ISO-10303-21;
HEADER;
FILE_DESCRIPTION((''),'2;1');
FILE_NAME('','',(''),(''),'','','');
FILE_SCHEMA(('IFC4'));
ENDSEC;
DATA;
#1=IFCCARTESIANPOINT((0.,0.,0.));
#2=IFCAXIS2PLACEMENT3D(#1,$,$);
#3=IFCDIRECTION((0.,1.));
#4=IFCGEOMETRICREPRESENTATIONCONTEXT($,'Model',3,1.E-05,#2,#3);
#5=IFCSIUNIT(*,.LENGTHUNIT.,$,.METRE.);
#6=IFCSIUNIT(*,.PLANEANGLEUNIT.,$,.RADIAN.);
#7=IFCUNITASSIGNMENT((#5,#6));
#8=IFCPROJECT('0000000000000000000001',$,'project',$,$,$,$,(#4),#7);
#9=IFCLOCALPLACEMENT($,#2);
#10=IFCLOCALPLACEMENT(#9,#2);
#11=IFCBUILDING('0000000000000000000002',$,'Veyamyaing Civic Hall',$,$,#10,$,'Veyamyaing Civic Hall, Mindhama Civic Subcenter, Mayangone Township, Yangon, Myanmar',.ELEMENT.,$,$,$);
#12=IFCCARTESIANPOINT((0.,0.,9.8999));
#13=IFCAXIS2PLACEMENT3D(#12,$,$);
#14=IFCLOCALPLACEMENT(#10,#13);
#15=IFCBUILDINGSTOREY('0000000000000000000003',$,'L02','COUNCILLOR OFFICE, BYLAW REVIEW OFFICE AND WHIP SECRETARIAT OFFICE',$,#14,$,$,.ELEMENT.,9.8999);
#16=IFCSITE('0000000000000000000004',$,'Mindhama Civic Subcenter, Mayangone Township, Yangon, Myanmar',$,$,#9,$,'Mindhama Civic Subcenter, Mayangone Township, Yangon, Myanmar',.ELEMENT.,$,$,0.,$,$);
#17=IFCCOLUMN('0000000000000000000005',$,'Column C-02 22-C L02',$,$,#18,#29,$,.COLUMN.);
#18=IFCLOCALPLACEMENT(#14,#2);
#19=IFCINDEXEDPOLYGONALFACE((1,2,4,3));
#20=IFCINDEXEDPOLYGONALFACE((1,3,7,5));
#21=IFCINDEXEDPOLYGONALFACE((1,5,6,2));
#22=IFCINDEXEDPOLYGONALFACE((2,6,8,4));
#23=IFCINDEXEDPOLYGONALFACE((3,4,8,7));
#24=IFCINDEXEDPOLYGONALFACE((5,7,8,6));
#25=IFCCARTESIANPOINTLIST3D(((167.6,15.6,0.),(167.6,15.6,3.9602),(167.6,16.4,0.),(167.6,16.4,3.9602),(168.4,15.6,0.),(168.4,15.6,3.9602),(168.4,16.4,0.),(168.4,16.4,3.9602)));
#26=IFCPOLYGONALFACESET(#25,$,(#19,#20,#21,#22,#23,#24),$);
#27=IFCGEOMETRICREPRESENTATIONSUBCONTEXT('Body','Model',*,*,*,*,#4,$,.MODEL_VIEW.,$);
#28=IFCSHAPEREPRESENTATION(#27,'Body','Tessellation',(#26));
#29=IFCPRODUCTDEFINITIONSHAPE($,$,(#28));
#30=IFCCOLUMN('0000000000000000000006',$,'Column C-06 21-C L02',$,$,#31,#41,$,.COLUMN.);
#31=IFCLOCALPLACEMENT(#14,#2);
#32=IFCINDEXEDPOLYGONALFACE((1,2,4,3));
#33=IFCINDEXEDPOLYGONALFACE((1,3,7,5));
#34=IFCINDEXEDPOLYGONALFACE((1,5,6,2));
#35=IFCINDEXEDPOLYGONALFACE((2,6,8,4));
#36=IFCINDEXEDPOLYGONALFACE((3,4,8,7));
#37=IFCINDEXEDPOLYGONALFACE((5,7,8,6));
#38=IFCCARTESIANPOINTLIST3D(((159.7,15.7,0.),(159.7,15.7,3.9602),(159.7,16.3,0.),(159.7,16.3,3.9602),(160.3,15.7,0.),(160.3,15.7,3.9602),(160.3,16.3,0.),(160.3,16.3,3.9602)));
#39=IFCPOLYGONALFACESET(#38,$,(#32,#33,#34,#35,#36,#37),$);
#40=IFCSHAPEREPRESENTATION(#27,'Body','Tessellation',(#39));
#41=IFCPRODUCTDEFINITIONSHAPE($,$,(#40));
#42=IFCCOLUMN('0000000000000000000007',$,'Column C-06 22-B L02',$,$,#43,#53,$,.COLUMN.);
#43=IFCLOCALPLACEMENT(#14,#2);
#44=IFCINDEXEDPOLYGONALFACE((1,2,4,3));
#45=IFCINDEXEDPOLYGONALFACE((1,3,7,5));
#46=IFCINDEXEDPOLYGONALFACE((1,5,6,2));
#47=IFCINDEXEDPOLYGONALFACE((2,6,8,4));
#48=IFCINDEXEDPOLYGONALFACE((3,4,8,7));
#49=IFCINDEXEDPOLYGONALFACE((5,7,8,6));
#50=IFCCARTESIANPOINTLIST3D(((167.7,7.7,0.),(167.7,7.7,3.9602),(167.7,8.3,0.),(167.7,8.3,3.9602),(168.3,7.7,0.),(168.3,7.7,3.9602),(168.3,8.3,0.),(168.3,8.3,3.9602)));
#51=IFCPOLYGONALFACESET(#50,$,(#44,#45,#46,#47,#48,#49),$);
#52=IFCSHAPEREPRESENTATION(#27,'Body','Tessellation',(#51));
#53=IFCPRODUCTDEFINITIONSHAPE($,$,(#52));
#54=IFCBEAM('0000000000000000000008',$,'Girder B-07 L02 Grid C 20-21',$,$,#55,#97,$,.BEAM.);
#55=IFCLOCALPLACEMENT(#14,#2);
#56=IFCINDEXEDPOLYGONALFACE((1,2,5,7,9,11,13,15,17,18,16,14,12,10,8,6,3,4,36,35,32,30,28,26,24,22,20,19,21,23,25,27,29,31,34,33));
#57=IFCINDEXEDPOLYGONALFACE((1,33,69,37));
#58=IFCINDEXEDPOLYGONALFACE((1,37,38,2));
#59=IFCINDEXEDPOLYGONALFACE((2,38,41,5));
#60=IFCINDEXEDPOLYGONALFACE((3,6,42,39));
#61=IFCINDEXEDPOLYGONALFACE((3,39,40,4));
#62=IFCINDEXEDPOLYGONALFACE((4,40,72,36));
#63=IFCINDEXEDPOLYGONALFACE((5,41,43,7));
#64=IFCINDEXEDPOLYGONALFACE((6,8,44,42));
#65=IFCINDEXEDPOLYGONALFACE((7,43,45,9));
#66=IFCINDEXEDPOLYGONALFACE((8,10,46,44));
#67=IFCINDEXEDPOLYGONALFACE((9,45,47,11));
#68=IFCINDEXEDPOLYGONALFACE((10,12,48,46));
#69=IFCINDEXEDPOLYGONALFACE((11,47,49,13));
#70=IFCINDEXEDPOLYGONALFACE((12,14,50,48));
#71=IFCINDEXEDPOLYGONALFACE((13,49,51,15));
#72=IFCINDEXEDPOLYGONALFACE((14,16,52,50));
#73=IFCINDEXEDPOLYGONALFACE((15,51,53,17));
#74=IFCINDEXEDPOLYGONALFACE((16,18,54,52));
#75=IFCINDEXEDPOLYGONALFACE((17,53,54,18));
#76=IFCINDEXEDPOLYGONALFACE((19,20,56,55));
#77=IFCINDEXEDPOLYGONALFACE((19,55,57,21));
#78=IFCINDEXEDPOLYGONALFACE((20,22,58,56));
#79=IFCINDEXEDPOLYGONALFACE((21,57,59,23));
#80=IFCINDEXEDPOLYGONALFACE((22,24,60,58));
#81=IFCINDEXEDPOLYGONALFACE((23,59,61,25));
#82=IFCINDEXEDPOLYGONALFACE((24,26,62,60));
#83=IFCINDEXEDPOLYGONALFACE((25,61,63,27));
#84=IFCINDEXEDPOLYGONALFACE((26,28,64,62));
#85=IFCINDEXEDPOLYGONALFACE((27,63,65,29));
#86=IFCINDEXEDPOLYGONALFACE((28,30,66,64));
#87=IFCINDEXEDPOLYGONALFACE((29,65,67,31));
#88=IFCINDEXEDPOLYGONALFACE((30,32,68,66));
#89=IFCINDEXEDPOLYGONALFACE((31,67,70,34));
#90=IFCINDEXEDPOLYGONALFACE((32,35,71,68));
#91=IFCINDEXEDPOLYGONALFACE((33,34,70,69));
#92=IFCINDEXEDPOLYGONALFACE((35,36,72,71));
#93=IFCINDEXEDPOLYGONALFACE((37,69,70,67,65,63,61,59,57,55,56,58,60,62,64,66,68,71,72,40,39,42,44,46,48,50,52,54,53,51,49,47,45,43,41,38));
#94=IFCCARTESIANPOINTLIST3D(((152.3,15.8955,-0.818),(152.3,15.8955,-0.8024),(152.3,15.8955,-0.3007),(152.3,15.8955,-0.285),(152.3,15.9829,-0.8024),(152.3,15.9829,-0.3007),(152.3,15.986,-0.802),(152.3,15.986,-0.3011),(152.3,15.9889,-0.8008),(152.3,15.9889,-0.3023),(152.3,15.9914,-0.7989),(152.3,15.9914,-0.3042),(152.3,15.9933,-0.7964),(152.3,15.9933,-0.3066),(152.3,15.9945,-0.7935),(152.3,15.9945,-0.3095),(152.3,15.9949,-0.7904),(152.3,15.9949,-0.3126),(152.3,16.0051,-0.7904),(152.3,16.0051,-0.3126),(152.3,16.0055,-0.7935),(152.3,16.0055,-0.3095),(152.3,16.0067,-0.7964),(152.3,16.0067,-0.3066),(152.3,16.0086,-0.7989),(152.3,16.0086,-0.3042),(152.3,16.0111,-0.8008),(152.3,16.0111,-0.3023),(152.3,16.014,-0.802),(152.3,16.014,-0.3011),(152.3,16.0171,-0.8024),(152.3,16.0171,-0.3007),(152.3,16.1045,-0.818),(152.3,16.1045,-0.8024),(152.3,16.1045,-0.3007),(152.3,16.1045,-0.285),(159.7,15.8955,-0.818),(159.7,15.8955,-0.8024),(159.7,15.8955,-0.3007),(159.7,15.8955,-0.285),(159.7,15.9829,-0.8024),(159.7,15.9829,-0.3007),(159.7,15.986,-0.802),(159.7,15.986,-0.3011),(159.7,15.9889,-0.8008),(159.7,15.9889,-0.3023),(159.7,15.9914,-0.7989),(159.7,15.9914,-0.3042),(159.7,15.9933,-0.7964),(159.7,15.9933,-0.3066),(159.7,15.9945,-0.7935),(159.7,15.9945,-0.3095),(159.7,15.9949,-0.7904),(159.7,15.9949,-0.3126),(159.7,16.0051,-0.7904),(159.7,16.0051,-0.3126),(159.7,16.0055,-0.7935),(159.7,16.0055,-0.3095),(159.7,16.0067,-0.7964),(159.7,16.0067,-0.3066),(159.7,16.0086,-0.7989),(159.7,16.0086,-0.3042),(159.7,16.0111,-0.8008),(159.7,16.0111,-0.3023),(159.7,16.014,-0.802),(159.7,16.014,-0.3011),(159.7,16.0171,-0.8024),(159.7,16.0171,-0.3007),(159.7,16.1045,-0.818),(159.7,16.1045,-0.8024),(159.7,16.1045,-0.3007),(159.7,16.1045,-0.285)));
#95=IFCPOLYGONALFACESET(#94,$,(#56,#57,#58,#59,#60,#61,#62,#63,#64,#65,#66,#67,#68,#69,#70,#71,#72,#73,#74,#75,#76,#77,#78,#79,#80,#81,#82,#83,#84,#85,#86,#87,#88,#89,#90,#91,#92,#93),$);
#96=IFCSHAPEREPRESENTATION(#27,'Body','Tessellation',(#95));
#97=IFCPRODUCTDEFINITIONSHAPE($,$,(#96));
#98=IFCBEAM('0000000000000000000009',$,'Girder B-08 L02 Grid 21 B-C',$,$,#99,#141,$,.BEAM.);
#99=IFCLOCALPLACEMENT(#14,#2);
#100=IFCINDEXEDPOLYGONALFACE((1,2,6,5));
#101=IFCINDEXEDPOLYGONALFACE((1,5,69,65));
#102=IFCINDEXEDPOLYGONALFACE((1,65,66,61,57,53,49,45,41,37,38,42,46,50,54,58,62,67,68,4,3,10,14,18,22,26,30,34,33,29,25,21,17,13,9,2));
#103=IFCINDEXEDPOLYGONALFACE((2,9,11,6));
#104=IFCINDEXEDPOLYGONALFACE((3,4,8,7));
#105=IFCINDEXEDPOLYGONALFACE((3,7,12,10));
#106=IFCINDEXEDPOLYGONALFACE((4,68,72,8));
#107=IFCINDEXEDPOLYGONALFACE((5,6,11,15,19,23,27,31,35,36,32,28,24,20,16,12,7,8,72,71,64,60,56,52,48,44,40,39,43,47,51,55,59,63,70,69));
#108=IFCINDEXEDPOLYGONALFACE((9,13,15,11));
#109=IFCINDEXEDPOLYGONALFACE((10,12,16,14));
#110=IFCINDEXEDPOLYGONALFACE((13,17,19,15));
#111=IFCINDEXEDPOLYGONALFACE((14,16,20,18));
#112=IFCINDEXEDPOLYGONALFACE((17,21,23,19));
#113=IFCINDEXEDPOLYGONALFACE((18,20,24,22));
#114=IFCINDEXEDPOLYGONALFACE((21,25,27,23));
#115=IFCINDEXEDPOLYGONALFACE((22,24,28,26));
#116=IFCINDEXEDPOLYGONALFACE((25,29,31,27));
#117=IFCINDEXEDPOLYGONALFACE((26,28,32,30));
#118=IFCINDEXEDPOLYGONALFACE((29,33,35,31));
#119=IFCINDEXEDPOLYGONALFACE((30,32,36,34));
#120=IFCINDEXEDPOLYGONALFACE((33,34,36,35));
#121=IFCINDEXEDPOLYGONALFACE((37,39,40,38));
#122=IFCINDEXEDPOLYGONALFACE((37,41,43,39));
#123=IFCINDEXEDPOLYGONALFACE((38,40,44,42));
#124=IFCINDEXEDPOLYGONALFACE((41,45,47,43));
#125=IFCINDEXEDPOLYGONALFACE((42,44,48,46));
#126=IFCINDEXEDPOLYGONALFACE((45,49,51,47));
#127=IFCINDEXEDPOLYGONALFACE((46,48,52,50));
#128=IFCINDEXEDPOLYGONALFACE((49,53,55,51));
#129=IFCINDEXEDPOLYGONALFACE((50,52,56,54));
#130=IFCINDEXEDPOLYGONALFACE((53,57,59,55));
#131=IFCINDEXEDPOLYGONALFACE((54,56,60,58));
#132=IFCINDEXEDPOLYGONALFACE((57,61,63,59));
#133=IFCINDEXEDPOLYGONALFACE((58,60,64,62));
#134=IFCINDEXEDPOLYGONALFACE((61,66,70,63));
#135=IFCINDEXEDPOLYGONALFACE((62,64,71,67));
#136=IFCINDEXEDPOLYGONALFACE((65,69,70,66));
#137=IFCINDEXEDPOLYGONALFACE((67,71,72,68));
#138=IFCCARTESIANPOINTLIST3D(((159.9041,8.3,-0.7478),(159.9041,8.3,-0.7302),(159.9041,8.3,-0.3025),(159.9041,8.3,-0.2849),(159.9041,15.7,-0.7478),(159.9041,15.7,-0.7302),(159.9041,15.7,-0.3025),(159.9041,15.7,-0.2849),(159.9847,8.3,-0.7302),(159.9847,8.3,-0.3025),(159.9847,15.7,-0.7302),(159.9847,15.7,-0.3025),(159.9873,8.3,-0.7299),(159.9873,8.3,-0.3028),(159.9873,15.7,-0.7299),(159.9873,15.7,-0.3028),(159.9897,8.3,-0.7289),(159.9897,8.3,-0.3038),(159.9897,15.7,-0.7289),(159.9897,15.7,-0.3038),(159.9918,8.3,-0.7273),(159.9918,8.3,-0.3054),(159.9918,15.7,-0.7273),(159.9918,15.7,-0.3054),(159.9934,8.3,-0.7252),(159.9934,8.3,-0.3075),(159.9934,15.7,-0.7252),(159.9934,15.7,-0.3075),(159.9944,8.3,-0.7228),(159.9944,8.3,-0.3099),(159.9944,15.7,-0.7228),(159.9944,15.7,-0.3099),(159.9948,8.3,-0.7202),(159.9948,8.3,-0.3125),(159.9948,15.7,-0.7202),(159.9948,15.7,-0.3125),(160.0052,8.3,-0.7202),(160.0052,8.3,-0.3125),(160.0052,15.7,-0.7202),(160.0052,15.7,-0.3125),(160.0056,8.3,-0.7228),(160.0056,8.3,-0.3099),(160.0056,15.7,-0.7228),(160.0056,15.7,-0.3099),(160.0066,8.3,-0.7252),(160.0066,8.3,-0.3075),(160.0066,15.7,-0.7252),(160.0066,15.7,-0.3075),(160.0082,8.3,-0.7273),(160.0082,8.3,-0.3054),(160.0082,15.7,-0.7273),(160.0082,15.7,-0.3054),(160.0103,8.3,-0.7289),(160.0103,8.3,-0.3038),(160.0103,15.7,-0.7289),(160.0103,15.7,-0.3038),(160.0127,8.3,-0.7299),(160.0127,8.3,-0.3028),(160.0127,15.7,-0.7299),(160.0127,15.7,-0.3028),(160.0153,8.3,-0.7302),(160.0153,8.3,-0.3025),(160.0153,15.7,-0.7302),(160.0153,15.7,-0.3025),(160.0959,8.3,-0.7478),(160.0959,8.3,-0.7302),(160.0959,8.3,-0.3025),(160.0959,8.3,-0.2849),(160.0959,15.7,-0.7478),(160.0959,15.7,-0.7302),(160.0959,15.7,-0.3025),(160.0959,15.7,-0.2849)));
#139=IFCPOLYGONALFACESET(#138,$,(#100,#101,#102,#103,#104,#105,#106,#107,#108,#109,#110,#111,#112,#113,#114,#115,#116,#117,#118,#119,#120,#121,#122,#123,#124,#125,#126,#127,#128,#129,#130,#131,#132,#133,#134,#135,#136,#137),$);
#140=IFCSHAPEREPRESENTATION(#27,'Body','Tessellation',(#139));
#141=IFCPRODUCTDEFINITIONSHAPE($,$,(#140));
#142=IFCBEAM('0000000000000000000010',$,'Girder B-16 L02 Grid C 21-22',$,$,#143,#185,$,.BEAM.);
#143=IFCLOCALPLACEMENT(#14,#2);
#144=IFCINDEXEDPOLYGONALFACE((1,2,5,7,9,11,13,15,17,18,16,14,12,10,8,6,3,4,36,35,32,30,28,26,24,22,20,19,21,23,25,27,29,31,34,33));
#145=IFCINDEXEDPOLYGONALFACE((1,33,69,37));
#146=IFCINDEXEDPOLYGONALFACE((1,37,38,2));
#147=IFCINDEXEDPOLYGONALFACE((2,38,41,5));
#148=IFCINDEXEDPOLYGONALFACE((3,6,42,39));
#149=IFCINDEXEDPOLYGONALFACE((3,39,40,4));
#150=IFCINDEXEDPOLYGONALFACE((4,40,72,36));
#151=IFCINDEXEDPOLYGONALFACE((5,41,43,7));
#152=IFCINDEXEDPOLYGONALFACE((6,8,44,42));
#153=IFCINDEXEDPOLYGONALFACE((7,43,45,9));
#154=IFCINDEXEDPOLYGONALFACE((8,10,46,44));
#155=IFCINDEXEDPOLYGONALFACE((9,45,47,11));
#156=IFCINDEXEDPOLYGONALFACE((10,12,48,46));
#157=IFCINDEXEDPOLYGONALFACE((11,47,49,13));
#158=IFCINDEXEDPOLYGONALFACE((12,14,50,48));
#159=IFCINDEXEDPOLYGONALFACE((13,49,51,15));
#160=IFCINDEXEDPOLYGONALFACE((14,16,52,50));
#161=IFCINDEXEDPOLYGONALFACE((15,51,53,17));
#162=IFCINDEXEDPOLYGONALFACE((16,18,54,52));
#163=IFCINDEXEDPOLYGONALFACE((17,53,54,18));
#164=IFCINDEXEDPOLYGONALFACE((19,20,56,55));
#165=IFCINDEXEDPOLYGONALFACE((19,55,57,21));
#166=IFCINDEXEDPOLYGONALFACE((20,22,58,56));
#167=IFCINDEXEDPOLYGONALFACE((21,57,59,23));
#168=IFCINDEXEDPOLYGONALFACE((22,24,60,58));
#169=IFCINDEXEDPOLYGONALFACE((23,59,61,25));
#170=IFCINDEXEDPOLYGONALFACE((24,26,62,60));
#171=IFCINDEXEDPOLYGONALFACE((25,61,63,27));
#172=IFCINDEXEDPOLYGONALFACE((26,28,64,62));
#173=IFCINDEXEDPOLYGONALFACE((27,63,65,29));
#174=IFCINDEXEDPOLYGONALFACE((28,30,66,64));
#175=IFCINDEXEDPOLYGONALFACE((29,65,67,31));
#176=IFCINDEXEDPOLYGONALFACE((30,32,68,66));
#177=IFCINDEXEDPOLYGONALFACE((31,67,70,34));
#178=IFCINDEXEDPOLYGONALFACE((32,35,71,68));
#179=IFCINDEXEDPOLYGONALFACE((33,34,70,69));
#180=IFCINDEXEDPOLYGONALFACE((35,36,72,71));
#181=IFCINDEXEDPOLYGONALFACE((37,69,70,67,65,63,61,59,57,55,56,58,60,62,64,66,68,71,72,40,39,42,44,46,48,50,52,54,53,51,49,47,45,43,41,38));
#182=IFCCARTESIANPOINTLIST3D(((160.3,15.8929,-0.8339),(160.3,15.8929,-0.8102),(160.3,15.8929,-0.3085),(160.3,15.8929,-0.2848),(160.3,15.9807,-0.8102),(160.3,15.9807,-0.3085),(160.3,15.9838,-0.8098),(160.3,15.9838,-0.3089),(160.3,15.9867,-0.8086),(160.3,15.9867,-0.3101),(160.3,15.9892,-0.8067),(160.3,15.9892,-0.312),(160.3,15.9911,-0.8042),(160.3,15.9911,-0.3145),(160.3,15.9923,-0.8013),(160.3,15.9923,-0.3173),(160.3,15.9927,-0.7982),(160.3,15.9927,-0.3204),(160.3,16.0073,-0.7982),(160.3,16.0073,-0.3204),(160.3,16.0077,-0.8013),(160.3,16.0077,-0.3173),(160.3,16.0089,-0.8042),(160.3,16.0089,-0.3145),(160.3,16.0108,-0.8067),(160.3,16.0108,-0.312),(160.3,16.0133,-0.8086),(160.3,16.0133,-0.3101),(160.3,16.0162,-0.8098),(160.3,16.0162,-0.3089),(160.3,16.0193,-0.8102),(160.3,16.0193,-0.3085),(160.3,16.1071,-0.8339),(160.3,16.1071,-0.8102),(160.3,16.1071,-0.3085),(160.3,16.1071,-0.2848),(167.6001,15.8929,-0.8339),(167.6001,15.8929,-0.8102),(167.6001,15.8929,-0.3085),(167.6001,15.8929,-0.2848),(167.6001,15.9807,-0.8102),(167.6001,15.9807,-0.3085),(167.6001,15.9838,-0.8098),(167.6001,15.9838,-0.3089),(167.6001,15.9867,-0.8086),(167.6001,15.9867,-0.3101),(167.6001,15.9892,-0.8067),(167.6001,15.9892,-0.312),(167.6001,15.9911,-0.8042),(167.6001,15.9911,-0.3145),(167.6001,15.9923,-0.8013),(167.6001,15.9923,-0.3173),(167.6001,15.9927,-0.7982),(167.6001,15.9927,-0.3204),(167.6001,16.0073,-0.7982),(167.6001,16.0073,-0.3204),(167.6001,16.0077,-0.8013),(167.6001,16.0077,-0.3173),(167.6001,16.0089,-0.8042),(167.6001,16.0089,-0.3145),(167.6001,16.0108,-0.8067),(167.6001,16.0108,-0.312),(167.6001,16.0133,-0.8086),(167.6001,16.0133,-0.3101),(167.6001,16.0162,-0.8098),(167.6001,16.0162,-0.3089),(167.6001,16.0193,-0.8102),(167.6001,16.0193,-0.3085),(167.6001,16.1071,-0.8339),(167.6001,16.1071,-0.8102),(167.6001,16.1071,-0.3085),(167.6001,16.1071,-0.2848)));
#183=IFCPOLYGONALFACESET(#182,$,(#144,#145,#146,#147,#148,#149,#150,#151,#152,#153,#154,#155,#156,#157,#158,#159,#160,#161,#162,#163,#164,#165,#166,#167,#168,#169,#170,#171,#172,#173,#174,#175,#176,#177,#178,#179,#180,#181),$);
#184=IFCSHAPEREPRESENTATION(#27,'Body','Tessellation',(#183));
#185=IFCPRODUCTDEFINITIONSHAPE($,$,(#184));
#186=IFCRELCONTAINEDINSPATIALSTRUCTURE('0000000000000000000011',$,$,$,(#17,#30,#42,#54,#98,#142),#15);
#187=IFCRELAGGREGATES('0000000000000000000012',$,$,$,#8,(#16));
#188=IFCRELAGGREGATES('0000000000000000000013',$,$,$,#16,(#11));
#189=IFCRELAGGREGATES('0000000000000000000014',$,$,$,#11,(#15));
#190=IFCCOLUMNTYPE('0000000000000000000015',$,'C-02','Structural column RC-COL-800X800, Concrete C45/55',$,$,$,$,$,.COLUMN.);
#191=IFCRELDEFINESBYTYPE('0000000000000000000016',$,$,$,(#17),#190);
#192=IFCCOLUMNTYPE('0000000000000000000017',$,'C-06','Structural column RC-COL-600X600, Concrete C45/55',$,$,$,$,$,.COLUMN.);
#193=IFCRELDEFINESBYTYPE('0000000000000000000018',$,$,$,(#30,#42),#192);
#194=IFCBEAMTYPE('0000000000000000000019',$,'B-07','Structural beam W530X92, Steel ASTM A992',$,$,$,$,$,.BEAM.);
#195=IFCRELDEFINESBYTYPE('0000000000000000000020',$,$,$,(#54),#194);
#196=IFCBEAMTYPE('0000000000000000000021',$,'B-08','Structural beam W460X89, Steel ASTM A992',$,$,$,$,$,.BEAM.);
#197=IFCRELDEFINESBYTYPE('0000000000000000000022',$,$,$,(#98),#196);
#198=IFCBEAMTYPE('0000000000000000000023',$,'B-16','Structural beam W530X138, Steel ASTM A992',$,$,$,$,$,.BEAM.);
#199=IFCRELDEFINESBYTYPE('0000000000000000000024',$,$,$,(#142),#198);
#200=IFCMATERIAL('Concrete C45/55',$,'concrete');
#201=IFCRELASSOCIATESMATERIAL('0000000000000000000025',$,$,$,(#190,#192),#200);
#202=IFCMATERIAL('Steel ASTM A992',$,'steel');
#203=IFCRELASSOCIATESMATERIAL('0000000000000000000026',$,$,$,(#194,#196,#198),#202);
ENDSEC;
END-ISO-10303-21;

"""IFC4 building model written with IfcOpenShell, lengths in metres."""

from ifc_helpers import new_model, si_unit, direction, frame, origin, origin_2d, place, context, subcontext, project, spatial, rectangle, i_section, extrude, material, material_profile, profile_set, type_object, element, save


model = new_model("IFC4")

# Units and contexts
model_context = context("Model", 3, precision=1e-05, world=origin(), true_north=direction((0.0, 1.0)))
body_context = subcontext(model_context, "Body", "Model", "MODEL_VIEW")
ifc_project = project(units=[si_unit("LENGTHUNIT", "METRE"), si_unit("PLANEANGLEUNIT", "RADIAN")], contexts=[model_context])

# Site, building, storey
site_placement = place(None, origin())
site = spatial("IfcSite", under=ifc_project, at=site_placement, Name="Mindhama Civic Subcenter, Mayangone Township, Yangon, Myanmar", LongName="Mindhama Civic Subcenter, Mayangone Township, Yangon, Myanmar", CompositionType="ELEMENT", RefElevation=0.0)
building_placement = place(site_placement, origin())
building = spatial("IfcBuilding", under=site, at=building_placement, Name="Veyamyaing Civic Hall", LongName="Veyamyaing Civic Hall, Mindhama Civic Subcenter, Mayangone Township, Yangon, Myanmar", CompositionType="ELEMENT")
storey_placement = place(building_placement, frame((0.0, 0.0, 9.8999)))
storey = spatial("IfcBuildingStorey", under=building, at=storey_placement, Name="L02", Description="COUNCILLOR OFFICE, BYLAW REVIEW OFFICE AND WHIP SECRETARIAT OFFICE", CompositionType="ELEMENT", Elevation=9.8999)

# Columns
ifc_material_1 = material(Name="Concrete C45/55", Category="concrete")
ifc_material_profile_1 = material_profile(ifc_material_1, rectangle(XDim=0.8, YDim=0.8, at=origin_2d()), Name="RC-COL-800X800")
ifc_profile_set_1 = profile_set([ifc_material_profile_1], Name="Concrete C45/55")
column_type_1 = type_object("IfcColumnType", Name="C-02", Description="Structural column RC-COL-800X800, Concrete C45/55", PredefinedType="COLUMN", material=ifc_profile_set_1)
column_placement = place(storey_placement, frame((168.0, 16.0, 0.0), z_axis=(0.0, 0.0, 1.0), x_axis=(1.0, 0.0, 0.0)))
element("IfcColumn", 1, at=column_placement, inside=storey, type_object=column_type_1, Name="Column C-02 22-C L02", PredefinedType="COLUMN", context=body_context, shape_type="SweptSolid", body=[
    extrude(rectangle(XDim=0.8, YDim=0.8, at=origin_2d()), origin(), (0.0, 0.0, 1.0), 3.9602),
])
ifc_material_profile_2 = material_profile(ifc_material_1, rectangle(XDim=0.6001, YDim=0.6001, at=origin_2d()), Name="RC-COL-600X600")
ifc_profile_set_2 = profile_set([ifc_material_profile_2], Name="Concrete C45/55")
column_type_2 = type_object("IfcColumnType", Name="C-06", Description="Structural column RC-COL-600X600, Concrete C45/55", PredefinedType="COLUMN", material=ifc_profile_set_2)
for number, where, z_axis, x_axis, name in (
    (2, (160.0, 16.0, 0.0), (0.0, 0.0, 1.0), (1.0, 0.0, 0.0), "Column C-06 21-C L02"),
    (3, (168.0, 8.0, 0.0), (0.0, 0.0, 1.0), (1.0, 0.0, 0.0), "Column C-06 22-B L02"),
):
    element("IfcColumn", number, at=place(storey_placement, frame(where, z_axis=z_axis, x_axis=x_axis)), inside=storey, type_object=column_type_2, Name=name, PredefinedType="COLUMN", context=body_context, shape_type="SweptSolid", body=[
        extrude(rectangle(XDim=0.6001, YDim=0.6001, at=origin_2d()), origin(), (0.0, 0.0, 1.0), 3.9602),
    ])

# Beams
ifc_material_2 = material(Name="Steel ASTM A992", Category="steel")
ifc_material_profile_3 = material_profile(ifc_material_2, i_section(OverallWidth=0.209, OverallDepth=0.533, WebThickness=0.0103, FlangeThickness=0.0156, FilletRadius=0.012, at=origin_2d()), Name="W530X92")
ifc_profile_set_3 = profile_set([ifc_material_profile_3], Name="Steel ASTM A992")
beam_type_1 = type_object("IfcBeamType", Name="B-07", Description="Structural beam W530X92, Steel ASTM A992", PredefinedType="BEAM", material=ifc_profile_set_3)
beam_1_placement = place(storey_placement, frame((152.3, 16.0, -0.5515), z_axis=(1.0, 0.0, 0.0), x_axis=(0.0, 1.0, 0.0)))
element("IfcBeam", 4, at=beam_1_placement, inside=storey, type_object=beam_type_1, Name="Girder B-07 L02 Grid C 20-21", PredefinedType="BEAM", context=body_context, shape_type="SweptSolid", body=[
    extrude(i_section(OverallWidth=0.209, OverallDepth=0.533, WebThickness=0.0103, FlangeThickness=0.0156, FilletRadius=0.012, at=origin_2d()), origin(), (0.0, 0.0, 1.0), 7.3999),
])
ifc_material_profile_4 = material_profile(ifc_material_2, i_section(OverallWidth=0.1919, OverallDepth=0.4629, WebThickness=0.0105, FlangeThickness=0.0176, FilletRadius=0.01, at=origin_2d()), Name="W460X89")
ifc_profile_set_4 = profile_set([ifc_material_profile_4], Name="Steel ASTM A992")
beam_type_2 = type_object("IfcBeamType", Name="B-08", Description="Structural beam W460X89, Steel ASTM A992", PredefinedType="BEAM", material=ifc_profile_set_4)
beam_2_placement = place(storey_placement, frame((160.0, 8.3, -0.5164), z_axis=(0.0, 1.0, 0.0), x_axis=(-1.0, 0.0, 0.0)))
element("IfcBeam", 5, at=beam_2_placement, inside=storey, type_object=beam_type_2, Name="Girder B-08 L02 Grid 21 B-C", PredefinedType="BEAM", context=body_context, shape_type="SweptSolid", body=[
    extrude(i_section(OverallWidth=0.1919, OverallDepth=0.4629, WebThickness=0.0105, FlangeThickness=0.0176, FilletRadius=0.01, at=origin_2d()), origin(), (0.0, 0.0, 1.0), 7.3999),
])
ifc_material_profile_5 = material_profile(ifc_material_2, i_section(OverallWidth=0.2141, OverallDepth=0.5491, WebThickness=0.0146, FlangeThickness=0.0237, FilletRadius=0.012, at=origin_2d()), Name="W530X138")
ifc_profile_set_5 = profile_set([ifc_material_profile_5], Name="Steel ASTM A992")
beam_type_3 = type_object("IfcBeamType", Name="B-16", Description="Structural beam W530X138, Steel ASTM A992", PredefinedType="BEAM", material=ifc_profile_set_5)
beam_3_placement = place(storey_placement, frame((160.3, 16.0, -0.5593), z_axis=(1.0, 0.0, 0.0), x_axis=(0.0, 1.0, 0.0)))
element("IfcBeam", 6, at=beam_3_placement, inside=storey, type_object=beam_type_3, Name="Girder B-16 L02 Grid C 21-22", PredefinedType="BEAM", context=body_context, shape_type="SweptSolid", body=[
    extrude(i_section(OverallWidth=0.2141, OverallDepth=0.5491, WebThickness=0.0146, FlangeThickness=0.0237, FilletRadius=0.012, at=origin_2d()), origin(), (0.0, 0.0, 1.0), 7.3),
])

save(model, "model.ifc")
